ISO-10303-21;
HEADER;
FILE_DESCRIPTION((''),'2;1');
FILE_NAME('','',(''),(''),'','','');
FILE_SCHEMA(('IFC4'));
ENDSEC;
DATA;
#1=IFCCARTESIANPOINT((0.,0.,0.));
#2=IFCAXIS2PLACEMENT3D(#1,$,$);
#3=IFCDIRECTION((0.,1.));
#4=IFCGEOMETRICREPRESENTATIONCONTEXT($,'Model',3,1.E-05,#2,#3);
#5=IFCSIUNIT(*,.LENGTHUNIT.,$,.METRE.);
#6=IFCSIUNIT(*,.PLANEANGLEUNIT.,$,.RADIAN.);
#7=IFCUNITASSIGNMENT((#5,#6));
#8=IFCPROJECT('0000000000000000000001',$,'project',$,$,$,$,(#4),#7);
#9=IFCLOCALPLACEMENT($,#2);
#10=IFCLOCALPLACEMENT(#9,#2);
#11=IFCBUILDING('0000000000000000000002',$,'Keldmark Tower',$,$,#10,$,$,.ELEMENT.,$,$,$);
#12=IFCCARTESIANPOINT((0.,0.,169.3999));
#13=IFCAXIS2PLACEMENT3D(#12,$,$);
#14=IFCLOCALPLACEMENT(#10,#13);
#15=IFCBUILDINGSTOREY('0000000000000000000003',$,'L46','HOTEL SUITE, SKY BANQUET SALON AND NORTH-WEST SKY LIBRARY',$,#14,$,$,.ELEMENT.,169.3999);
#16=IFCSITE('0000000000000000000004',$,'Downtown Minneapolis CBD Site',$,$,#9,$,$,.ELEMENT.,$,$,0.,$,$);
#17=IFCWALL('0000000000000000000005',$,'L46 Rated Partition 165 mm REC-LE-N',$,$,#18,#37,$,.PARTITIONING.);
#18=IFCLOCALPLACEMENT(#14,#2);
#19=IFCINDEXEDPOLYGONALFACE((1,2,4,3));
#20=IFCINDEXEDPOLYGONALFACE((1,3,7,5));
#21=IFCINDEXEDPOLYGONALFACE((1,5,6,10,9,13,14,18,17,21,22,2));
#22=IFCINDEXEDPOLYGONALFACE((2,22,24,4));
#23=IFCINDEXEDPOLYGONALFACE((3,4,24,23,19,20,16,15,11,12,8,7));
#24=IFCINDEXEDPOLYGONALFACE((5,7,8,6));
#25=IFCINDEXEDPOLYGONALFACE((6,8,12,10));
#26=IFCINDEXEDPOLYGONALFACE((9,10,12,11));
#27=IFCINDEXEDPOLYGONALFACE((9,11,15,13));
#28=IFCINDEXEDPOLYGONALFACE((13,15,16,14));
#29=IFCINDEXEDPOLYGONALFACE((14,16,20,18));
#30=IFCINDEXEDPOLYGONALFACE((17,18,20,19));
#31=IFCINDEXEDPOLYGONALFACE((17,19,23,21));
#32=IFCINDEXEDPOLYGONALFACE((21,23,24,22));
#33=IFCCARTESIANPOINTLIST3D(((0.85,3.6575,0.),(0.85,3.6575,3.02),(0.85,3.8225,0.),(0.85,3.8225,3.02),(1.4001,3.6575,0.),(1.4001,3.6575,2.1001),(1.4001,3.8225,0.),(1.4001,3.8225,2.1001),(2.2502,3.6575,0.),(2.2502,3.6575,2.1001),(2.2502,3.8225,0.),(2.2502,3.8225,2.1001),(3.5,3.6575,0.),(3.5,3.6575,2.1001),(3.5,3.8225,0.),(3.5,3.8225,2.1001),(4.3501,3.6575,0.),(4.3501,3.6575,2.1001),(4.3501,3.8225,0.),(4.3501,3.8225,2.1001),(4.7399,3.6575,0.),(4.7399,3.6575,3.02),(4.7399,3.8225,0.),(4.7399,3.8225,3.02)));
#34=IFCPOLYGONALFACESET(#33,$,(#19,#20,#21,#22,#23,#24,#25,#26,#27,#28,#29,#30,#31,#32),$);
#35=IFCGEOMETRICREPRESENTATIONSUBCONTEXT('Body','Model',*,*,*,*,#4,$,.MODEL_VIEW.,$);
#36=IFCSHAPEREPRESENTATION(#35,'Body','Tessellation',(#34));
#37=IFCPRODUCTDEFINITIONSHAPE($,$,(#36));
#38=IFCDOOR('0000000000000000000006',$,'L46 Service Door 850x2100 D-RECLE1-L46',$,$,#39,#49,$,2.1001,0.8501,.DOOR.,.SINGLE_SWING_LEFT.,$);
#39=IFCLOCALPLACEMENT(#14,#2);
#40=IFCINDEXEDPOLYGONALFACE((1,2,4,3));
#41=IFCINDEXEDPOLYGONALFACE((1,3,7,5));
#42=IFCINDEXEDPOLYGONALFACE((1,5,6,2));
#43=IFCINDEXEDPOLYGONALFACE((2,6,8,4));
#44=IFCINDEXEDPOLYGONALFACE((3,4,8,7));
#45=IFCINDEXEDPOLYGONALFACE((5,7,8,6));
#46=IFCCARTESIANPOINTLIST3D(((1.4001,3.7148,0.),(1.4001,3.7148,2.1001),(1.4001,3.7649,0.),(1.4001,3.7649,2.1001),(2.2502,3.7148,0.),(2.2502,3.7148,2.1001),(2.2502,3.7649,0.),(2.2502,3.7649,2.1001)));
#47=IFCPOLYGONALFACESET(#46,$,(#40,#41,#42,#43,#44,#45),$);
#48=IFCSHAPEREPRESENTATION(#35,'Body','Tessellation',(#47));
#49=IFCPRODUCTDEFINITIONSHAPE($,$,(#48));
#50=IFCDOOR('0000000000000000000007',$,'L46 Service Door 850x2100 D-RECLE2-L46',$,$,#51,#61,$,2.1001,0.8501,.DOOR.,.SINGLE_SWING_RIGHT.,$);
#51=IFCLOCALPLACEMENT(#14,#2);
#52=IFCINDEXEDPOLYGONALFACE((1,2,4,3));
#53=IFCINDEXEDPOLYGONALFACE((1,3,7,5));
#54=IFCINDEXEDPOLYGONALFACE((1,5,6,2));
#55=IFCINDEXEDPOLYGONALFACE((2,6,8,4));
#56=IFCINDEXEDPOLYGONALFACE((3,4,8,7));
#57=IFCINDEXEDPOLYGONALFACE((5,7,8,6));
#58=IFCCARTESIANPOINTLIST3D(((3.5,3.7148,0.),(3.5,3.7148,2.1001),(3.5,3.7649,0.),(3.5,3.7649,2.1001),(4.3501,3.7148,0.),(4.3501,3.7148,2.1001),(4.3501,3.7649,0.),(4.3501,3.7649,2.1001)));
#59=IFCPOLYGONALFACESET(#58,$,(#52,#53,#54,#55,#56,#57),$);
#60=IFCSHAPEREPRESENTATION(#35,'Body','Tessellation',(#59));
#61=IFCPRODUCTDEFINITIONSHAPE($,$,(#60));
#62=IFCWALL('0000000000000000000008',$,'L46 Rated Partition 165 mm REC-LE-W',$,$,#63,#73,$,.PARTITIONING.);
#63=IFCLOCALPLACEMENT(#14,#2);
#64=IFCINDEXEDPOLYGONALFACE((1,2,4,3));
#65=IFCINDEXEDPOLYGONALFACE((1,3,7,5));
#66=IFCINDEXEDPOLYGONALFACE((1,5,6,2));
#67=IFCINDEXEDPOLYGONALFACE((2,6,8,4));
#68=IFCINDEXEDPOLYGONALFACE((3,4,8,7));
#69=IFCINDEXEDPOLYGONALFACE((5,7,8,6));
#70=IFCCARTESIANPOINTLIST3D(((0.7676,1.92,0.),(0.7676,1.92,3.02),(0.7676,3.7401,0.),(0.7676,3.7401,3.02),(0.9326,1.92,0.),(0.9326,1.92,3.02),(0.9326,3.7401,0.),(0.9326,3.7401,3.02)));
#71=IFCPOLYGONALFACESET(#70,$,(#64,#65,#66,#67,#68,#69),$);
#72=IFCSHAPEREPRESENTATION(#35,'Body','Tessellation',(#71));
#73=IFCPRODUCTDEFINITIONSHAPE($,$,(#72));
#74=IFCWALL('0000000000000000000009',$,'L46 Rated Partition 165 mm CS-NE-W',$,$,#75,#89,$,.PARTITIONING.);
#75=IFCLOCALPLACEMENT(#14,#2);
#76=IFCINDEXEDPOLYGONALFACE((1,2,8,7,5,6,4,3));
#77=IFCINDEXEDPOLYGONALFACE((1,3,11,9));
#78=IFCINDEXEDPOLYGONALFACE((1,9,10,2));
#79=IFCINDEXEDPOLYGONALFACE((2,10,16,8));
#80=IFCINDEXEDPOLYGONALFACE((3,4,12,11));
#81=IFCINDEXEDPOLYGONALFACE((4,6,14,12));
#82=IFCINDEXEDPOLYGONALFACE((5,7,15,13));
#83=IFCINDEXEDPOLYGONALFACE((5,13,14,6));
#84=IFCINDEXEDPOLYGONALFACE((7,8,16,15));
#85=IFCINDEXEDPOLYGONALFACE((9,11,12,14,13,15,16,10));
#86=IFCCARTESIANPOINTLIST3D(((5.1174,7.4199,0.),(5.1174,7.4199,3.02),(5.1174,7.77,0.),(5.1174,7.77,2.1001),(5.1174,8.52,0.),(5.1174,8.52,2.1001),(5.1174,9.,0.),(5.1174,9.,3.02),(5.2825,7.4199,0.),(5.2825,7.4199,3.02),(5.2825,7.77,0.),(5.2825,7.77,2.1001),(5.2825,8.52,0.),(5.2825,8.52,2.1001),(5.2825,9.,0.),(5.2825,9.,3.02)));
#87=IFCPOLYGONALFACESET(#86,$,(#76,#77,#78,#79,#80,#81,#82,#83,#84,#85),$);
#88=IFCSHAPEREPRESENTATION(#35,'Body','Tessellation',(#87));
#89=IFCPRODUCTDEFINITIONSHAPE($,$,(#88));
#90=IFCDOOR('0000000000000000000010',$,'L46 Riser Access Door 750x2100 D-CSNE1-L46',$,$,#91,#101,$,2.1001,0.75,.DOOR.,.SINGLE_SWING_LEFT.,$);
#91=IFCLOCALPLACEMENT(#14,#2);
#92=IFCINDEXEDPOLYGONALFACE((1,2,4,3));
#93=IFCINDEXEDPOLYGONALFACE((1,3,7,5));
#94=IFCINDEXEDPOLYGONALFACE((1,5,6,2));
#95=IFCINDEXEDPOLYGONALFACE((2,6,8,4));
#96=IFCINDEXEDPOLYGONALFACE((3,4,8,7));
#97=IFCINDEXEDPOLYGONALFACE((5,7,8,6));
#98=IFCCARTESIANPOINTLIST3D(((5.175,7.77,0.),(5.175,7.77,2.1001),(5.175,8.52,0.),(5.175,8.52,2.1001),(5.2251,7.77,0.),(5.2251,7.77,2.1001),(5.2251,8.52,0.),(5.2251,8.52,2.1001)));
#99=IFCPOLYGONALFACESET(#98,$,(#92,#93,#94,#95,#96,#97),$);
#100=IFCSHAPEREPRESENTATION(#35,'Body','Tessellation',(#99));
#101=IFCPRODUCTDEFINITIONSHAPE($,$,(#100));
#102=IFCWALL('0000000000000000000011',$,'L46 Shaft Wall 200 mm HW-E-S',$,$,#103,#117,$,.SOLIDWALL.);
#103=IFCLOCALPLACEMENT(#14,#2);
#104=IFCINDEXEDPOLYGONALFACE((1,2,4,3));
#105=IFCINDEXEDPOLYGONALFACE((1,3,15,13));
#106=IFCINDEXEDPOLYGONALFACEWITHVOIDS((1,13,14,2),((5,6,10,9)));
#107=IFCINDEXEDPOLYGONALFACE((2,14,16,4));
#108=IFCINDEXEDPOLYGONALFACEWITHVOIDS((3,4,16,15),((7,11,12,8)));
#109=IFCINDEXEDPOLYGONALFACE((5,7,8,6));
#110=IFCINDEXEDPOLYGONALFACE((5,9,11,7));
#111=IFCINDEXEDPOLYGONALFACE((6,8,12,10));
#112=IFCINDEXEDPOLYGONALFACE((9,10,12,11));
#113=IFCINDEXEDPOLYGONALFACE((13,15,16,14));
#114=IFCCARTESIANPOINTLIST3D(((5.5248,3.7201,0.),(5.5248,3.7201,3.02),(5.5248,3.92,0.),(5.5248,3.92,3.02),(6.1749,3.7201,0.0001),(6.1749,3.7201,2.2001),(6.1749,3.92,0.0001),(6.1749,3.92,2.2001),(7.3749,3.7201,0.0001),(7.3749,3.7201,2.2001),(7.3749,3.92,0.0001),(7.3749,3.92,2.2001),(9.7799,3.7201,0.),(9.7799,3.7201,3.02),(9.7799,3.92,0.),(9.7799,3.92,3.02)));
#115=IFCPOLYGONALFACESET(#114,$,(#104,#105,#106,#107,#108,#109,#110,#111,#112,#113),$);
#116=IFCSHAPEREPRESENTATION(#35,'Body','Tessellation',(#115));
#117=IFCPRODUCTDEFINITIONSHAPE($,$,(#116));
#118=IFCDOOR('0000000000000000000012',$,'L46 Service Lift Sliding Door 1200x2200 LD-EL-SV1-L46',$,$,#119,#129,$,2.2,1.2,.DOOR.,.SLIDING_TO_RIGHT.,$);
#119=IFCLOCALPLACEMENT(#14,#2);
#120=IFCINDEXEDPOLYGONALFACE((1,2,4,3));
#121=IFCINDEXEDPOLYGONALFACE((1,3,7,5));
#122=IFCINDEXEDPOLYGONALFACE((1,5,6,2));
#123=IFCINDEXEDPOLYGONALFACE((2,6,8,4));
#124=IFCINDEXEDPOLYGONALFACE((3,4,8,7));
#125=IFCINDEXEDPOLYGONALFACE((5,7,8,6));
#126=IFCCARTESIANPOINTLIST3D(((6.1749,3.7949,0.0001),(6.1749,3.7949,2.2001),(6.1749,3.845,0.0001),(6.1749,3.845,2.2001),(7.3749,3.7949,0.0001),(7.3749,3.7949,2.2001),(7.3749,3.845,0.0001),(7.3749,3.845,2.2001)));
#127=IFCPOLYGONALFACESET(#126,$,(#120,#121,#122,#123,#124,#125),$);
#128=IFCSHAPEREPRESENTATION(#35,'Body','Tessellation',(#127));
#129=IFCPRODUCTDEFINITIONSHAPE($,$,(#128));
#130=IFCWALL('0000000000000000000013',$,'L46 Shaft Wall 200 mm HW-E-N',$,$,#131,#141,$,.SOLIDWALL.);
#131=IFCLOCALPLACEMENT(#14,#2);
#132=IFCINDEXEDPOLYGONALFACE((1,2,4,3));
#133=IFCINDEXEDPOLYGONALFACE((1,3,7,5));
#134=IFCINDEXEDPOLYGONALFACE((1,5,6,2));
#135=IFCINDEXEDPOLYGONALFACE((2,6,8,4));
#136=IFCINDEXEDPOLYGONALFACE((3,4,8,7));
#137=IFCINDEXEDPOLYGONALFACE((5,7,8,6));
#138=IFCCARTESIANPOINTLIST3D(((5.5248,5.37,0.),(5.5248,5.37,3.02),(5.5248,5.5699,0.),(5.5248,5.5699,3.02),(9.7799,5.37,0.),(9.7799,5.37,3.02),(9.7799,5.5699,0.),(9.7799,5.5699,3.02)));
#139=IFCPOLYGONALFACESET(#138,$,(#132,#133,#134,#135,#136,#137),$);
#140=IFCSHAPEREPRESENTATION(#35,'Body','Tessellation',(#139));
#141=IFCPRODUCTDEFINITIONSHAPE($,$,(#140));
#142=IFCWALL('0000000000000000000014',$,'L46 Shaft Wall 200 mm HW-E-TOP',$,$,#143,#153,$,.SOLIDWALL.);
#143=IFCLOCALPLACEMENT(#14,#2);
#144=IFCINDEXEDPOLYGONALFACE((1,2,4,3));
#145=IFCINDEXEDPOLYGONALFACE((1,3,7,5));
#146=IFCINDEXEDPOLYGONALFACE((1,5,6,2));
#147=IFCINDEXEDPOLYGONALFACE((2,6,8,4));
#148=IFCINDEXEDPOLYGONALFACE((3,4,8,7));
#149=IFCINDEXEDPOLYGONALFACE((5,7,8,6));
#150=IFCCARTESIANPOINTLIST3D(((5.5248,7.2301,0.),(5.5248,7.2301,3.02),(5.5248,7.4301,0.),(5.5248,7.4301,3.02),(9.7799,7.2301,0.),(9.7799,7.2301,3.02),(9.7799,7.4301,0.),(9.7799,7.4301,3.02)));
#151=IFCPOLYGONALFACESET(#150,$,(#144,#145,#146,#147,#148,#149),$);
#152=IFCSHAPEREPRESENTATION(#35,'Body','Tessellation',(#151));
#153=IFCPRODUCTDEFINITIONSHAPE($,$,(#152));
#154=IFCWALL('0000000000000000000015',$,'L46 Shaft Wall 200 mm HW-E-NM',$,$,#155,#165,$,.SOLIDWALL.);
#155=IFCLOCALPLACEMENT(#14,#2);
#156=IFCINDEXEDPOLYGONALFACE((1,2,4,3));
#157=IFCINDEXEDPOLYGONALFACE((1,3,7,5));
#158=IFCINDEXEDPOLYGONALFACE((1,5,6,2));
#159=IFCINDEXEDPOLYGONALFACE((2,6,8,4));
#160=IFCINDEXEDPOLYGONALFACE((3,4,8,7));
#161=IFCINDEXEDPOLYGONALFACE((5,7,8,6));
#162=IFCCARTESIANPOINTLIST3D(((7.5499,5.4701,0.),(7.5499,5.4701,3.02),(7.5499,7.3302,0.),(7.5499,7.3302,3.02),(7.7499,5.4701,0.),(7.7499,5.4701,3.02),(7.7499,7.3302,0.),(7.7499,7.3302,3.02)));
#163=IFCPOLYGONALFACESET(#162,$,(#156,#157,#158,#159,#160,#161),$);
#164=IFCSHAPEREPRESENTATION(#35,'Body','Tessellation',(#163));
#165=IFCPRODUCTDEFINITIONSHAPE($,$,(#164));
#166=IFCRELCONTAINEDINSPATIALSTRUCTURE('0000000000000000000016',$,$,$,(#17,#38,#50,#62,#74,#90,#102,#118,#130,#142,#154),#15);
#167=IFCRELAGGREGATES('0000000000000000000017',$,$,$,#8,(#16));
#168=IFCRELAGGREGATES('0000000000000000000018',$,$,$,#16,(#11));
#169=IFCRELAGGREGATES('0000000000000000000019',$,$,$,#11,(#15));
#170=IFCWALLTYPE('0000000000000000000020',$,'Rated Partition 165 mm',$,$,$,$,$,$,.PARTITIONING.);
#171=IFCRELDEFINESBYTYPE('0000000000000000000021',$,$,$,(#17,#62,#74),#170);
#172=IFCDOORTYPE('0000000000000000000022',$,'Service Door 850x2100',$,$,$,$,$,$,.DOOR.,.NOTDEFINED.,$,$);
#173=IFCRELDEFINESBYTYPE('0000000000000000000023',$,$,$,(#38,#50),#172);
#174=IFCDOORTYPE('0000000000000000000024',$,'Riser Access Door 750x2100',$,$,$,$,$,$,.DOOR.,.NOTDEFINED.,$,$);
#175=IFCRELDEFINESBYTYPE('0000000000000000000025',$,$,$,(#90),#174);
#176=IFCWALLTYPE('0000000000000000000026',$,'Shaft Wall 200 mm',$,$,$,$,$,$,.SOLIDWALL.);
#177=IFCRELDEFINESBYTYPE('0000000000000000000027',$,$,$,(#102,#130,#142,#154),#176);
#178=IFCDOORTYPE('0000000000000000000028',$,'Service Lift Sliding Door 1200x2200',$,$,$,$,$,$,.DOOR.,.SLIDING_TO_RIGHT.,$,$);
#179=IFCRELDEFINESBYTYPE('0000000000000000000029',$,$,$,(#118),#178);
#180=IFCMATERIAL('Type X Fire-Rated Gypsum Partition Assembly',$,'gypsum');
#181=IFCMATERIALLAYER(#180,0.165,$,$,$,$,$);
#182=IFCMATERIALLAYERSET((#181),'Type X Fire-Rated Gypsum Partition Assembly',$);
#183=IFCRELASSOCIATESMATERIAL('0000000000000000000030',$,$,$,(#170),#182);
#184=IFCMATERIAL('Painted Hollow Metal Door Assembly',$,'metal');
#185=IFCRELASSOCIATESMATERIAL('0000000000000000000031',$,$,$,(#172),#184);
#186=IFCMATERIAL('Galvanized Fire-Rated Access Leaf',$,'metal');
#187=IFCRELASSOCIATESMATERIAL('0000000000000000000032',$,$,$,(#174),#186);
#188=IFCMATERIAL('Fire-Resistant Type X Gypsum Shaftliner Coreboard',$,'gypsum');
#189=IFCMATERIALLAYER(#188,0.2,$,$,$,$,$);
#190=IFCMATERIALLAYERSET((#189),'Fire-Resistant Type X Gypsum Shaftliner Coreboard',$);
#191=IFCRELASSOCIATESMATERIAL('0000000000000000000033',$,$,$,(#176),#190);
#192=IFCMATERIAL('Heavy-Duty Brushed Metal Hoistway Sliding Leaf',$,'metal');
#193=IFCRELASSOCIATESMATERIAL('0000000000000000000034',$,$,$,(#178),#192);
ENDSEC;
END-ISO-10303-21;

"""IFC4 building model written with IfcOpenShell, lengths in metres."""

from ifc_helpers import new_model, si_unit, direction, frame, frame_2d, origin, place, context, subcontext, project, spatial, rectangle, extrude, material, layer, layer_set, type_object, element, fill, save


model = new_model("IFC4")

# Units and contexts
model_context = context("Model", 3, precision=1e-05, world=origin(), true_north=direction((0.0, 1.0)))
body_context = subcontext(model_context, "Body", "Model", "MODEL_VIEW")
ifc_project = project(units=[si_unit("LENGTHUNIT", "METRE"), si_unit("PLANEANGLEUNIT", "RADIAN")], contexts=[model_context])

# Site, building, storey
site_placement = place(None, origin())
site = spatial("IfcSite", under=ifc_project, at=site_placement, Name="Downtown Minneapolis CBD Site", CompositionType="ELEMENT", RefElevation=0.0)
building_placement = place(site_placement, origin())
building = spatial("IfcBuilding", under=site, at=building_placement, Name="Keldmark Tower", CompositionType="ELEMENT")
storey_placement = place(building_placement, frame((0.0, 0.0, 169.3999)))
storey = spatial("IfcBuildingStorey", under=building, at=storey_placement, Name="L46", Description="HOTEL SUITE, SKY BANQUET SALON AND NORTH-WEST SKY LIBRARY", CompositionType="ELEMENT", Elevation=169.3999)

# Shared definitions
ifc_material_1 = material(Name="Type X Fire-Rated Gypsum Partition Assembly", Category="gypsum")
ifc_layer_1 = layer(ifc_material_1, 0.165)
ifc_layer_set_1 = layer_set([ifc_layer_1], Name="Type X Fire-Rated Gypsum Partition Assembly")
wall_type_1 = type_object("IfcWallType", Name="Rated Partition 165 mm", PredefinedType="PARTITIONING", material=ifc_layer_set_1)

# Wall, openings, doors
wall_1_placement = place(storey_placement, frame((0.8501, 3.74, 0.0), z_axis=(0.0, 0.0, 1.0), x_axis=(1.0, 0.0, 0.0)))
wall_1 = element("IfcWall", 1, at=wall_1_placement, inside=storey, type_object=wall_type_1, Name="L46 Rated Partition 165 mm REC-LE-N", PredefinedType="PARTITIONING", context=body_context, shape_type="SweptSolid", body=[
    extrude(rectangle(XDim=3.8899, YDim=0.165, at=frame_2d((1.9448, 0.0))), origin(), (0.0, 0.0, 1.0), 3.02),
])
opening_1_placement = place(wall_1_placement, frame((0.55, 0.0, 0.0)))
opening_1 = element("IfcOpeningElement", 2, at=opening_1_placement, cuts=wall_1, PredefinedType="OPENING", context=body_context, shape_type="SweptSolid", body=[
    extrude(rectangle(XDim=0.8501, YDim=2.1001, at=frame_2d((0.425, 1.05))), frame((0.0, 0.0925, 0.0), z_axis=(0.0, -1.0, 0.0), x_axis=(1.0, 0.0, 0.0)), (0.0, 0.0, 1.0), 0.1851),
])
opening_2_placement = place(wall_1_placement, frame((2.6499, 0.0, 0.0)))
opening_2 = element("IfcOpeningElement", 3, at=opening_2_placement, cuts=wall_1, PredefinedType="OPENING", context=body_context, shape_type="SweptSolid", body=[
    extrude(rectangle(XDim=0.8501, YDim=2.1001, at=frame_2d((0.425, 1.05))), frame((0.0, 0.0925, 0.0), z_axis=(0.0, -1.0, 0.0), x_axis=(1.0, 0.0, 0.0)), (0.0, 0.0, 1.0), 0.1851),
])
ifc_material_2 = material(Name="Painted Hollow Metal Door Assembly", Category="metal")
door_type_1 = type_object("IfcDoorType", Name="Service Door 850x2100", OperationType="NOTDEFINED", PredefinedType="DOOR", material=ifc_material_2)
door_1_placement = place(opening_1_placement, origin())
door_1 = element("IfcDoor", 4, at=door_1_placement, inside=storey, type_object=door_type_1, Name="L46 Service Door 850x2100 D-RECLE1-L46", OperationType="SINGLE_SWING_LEFT", OverallHeight=2.1001, OverallWidth=0.8501, PredefinedType="DOOR", context=body_context, shape_type="SweptSolid", body=[
    extrude(rectangle(XDim=0.8501, YDim=2.1001, at=frame_2d((0.425, 1.05))), frame((0.0, 0.0249, 0.0), z_axis=(0.0, -1.0, 0.0), x_axis=(1.0, 0.0, 0.0)), (0.0, 0.0, 1.0), 0.05),
])
fill(opening_1, door_1)
door_2_placement = place(opening_2_placement, origin())
door_2 = element("IfcDoor", 5, at=door_2_placement, inside=storey, type_object=door_type_1, Name="L46 Service Door 850x2100 D-RECLE2-L46", OperationType="SINGLE_SWING_RIGHT", OverallHeight=2.1001, OverallWidth=0.8501, PredefinedType="DOOR", context=body_context, shape_type="SweptSolid", body=[
    extrude(rectangle(XDim=0.8501, YDim=2.1001, at=frame_2d((0.425, 1.05))), frame((0.0, 0.0249, 0.0), z_axis=(0.0, -1.0, 0.0), x_axis=(1.0, 0.0, 0.0)), (0.0, 0.0, 1.0), 0.05),
])
fill(opening_2, door_2)

# Wall
wall_2_placement = place(storey_placement, frame((0.8501, 1.9199, 0.0), z_axis=(0.0, 0.0, 1.0), x_axis=(0.0, 1.0, 0.0)))
element("IfcWall", 6, at=wall_2_placement, inside=storey, type_object=wall_type_1, Name="L46 Rated Partition 165 mm REC-LE-W", PredefinedType="PARTITIONING", context=body_context, shape_type="SweptSolid", body=[
    extrude(rectangle(XDim=1.8201, YDim=0.165, at=frame_2d((0.9102, 0.0))), origin(), (0.0, 0.0, 1.0), 3.02),
])

# Walls, openings, doors
wall_3_placement = place(storey_placement, frame((5.2, 7.4199, 0.0), z_axis=(0.0, 0.0, 1.0), x_axis=(0.0, 1.0, 0.0)))
wall_3 = element("IfcWall", 7, at=wall_3_placement, inside=storey, type_object=wall_type_1, Name="L46 Rated Partition 165 mm CS-NE-W", PredefinedType="PARTITIONING", context=body_context, shape_type="SweptSolid", body=[
    extrude(rectangle(XDim=1.5801, YDim=0.165, at=frame_2d((0.79, 0.0))), origin(), (0.0, 0.0, 1.0), 3.02),
])
opening_3_placement = place(wall_3_placement, frame((0.3501, 0.0, 0.0)))
opening_3 = element("IfcOpeningElement", 8, at=opening_3_placement, cuts=wall_3, PredefinedType="OPENING", context=body_context, shape_type="SweptSolid", body=[
    extrude(rectangle(XDim=0.75, YDim=2.1001, at=frame_2d((0.375, 1.05))), frame((0.0, 0.0925, 0.0), z_axis=(0.0, -1.0, 0.0), x_axis=(1.0, 0.0, 0.0)), (0.0, 0.0, 1.0), 0.1851),
])
ifc_material_3 = material(Name="Galvanized Fire-Rated Access Leaf", Category="metal")
door_type_2 = type_object("IfcDoorType", Name="Riser Access Door 750x2100", OperationType="NOTDEFINED", PredefinedType="DOOR", material=ifc_material_3)
door_3_placement = place(opening_3_placement, origin())
door_3 = element("IfcDoor", 9, at=door_3_placement, inside=storey, type_object=door_type_2, Name="L46 Riser Access Door 750x2100 D-CSNE1-L46", OperationType="SINGLE_SWING_LEFT", OverallHeight=2.1001, OverallWidth=0.75, PredefinedType="DOOR", context=body_context, shape_type="SweptSolid", body=[
    extrude(rectangle(XDim=0.75, YDim=2.1001, at=frame_2d((0.375, 1.05))), frame((0.0, 0.0249, 0.0), z_axis=(0.0, -1.0, 0.0), x_axis=(1.0, 0.0, 0.0)), (0.0, 0.0, 1.0), 0.05),
])
fill(opening_3, door_3)
ifc_material_4 = material(Name="Fire-Resistant Type X Gypsum Shaftliner Coreboard", Category="gypsum")
ifc_layer_2 = layer(ifc_material_4, 0.2)
ifc_layer_set_2 = layer_set([ifc_layer_2], Name="Fire-Resistant Type X Gypsum Shaftliner Coreboard")
wall_type_2 = type_object("IfcWallType", Name="Shaft Wall 200 mm", PredefinedType="SOLIDWALL", material=ifc_layer_set_2)
wall_4_placement = place(storey_placement, frame((5.5249, 3.8201, 0.0), z_axis=(0.0, 0.0, 1.0), x_axis=(1.0, 0.0, 0.0)))
wall_4 = element("IfcWall", 10, at=wall_4_placement, inside=storey, type_object=wall_type_2, Name="L46 Shaft Wall 200 mm HW-E-S", PredefinedType="SOLIDWALL", context=body_context, shape_type="SweptSolid", body=[
    extrude(rectangle(XDim=4.2551, YDim=0.2, at=frame_2d((2.1274, 0.0))), origin(), (0.0, 0.0, 1.0), 3.02),
])
opening_4_placement = place(wall_4_placement, frame((0.6499, 0.0, 0.0)))
opening_4 = element("IfcOpeningElement", 11, at=opening_4_placement, cuts=wall_4, PredefinedType="OPENING", context=body_context, shape_type="SweptSolid", body=[
    extrude(rectangle(XDim=1.2, YDim=2.2, at=frame_2d((0.6001, 1.1001))), frame((0.0, 0.1099, 0.0), z_axis=(0.0, -1.0, 0.0), x_axis=(1.0, 0.0, 0.0)), (0.0, 0.0, 1.0), 0.22),
])
ifc_material_5 = material(Name="Heavy-Duty Brushed Metal Hoistway Sliding Leaf", Category="metal")
door_type_3 = type_object("IfcDoorType", Name="Service Lift Sliding Door 1200x2200", OperationType="SLIDING_TO_RIGHT", PredefinedType="DOOR", material=ifc_material_5)
door_4_placement = place(opening_4_placement, origin())
door_4 = element("IfcDoor", 12, at=door_4_placement, inside=storey, type_object=door_type_3, Name="L46 Service Lift Sliding Door 1200x2200 LD-EL-SV1-L46", OperationType="SLIDING_TO_RIGHT", OverallHeight=2.2, OverallWidth=1.2, PredefinedType="DOOR", context=body_context, shape_type="SweptSolid", body=[
    extrude(rectangle(XDim=1.2, YDim=2.2, at=frame_2d((0.6001, 1.1001))), frame((0.0, 0.0249, 0.0), z_axis=(0.0, -1.0, 0.0), x_axis=(1.0, 0.0, 0.0)), (0.0, 0.0, 1.0), 0.05),
])
fill(opening_4, door_4)

# Walls
for number, where, z_axis, x_axis, name in (
    (13, (5.5249, 5.47, 0.0), (0.0, 0.0, 1.0), (1.0, 0.0, 0.0), "L46 Shaft Wall 200 mm HW-E-N"),
    (14, (5.5249, 7.3301, 0.0), (0.0, 0.0, 1.0), (1.0, 0.0, 0.0), "L46 Shaft Wall 200 mm HW-E-TOP"),
):
    element("IfcWall", number, at=place(storey_placement, frame(where, z_axis=z_axis, x_axis=x_axis)), inside=storey, type_object=wall_type_2, Name=name, PredefinedType="SOLIDWALL", context=body_context, shape_type="SweptSolid", body=[
        extrude(rectangle(XDim=4.2551, YDim=0.2, at=frame_2d((2.1274, 0.0))), origin(), (0.0, 0.0, 1.0), 3.02),
    ])
wall_5_placement = place(storey_placement, frame((7.6499, 5.47, 0.0), z_axis=(0.0, 0.0, 1.0), x_axis=(0.0, 1.0, 0.0)))
element("IfcWall", 15, at=wall_5_placement, inside=storey, type_object=wall_type_2, Name="L46 Shaft Wall 200 mm HW-E-NM", PredefinedType="SOLIDWALL", context=body_context, shape_type="SweptSolid", body=[
    extrude(rectangle(XDim=1.8601, YDim=0.2, at=frame_2d((0.9302, 0.0))), origin(), (0.0, 0.0, 1.0), 3.02),
])

save(model, "model.ifc")
